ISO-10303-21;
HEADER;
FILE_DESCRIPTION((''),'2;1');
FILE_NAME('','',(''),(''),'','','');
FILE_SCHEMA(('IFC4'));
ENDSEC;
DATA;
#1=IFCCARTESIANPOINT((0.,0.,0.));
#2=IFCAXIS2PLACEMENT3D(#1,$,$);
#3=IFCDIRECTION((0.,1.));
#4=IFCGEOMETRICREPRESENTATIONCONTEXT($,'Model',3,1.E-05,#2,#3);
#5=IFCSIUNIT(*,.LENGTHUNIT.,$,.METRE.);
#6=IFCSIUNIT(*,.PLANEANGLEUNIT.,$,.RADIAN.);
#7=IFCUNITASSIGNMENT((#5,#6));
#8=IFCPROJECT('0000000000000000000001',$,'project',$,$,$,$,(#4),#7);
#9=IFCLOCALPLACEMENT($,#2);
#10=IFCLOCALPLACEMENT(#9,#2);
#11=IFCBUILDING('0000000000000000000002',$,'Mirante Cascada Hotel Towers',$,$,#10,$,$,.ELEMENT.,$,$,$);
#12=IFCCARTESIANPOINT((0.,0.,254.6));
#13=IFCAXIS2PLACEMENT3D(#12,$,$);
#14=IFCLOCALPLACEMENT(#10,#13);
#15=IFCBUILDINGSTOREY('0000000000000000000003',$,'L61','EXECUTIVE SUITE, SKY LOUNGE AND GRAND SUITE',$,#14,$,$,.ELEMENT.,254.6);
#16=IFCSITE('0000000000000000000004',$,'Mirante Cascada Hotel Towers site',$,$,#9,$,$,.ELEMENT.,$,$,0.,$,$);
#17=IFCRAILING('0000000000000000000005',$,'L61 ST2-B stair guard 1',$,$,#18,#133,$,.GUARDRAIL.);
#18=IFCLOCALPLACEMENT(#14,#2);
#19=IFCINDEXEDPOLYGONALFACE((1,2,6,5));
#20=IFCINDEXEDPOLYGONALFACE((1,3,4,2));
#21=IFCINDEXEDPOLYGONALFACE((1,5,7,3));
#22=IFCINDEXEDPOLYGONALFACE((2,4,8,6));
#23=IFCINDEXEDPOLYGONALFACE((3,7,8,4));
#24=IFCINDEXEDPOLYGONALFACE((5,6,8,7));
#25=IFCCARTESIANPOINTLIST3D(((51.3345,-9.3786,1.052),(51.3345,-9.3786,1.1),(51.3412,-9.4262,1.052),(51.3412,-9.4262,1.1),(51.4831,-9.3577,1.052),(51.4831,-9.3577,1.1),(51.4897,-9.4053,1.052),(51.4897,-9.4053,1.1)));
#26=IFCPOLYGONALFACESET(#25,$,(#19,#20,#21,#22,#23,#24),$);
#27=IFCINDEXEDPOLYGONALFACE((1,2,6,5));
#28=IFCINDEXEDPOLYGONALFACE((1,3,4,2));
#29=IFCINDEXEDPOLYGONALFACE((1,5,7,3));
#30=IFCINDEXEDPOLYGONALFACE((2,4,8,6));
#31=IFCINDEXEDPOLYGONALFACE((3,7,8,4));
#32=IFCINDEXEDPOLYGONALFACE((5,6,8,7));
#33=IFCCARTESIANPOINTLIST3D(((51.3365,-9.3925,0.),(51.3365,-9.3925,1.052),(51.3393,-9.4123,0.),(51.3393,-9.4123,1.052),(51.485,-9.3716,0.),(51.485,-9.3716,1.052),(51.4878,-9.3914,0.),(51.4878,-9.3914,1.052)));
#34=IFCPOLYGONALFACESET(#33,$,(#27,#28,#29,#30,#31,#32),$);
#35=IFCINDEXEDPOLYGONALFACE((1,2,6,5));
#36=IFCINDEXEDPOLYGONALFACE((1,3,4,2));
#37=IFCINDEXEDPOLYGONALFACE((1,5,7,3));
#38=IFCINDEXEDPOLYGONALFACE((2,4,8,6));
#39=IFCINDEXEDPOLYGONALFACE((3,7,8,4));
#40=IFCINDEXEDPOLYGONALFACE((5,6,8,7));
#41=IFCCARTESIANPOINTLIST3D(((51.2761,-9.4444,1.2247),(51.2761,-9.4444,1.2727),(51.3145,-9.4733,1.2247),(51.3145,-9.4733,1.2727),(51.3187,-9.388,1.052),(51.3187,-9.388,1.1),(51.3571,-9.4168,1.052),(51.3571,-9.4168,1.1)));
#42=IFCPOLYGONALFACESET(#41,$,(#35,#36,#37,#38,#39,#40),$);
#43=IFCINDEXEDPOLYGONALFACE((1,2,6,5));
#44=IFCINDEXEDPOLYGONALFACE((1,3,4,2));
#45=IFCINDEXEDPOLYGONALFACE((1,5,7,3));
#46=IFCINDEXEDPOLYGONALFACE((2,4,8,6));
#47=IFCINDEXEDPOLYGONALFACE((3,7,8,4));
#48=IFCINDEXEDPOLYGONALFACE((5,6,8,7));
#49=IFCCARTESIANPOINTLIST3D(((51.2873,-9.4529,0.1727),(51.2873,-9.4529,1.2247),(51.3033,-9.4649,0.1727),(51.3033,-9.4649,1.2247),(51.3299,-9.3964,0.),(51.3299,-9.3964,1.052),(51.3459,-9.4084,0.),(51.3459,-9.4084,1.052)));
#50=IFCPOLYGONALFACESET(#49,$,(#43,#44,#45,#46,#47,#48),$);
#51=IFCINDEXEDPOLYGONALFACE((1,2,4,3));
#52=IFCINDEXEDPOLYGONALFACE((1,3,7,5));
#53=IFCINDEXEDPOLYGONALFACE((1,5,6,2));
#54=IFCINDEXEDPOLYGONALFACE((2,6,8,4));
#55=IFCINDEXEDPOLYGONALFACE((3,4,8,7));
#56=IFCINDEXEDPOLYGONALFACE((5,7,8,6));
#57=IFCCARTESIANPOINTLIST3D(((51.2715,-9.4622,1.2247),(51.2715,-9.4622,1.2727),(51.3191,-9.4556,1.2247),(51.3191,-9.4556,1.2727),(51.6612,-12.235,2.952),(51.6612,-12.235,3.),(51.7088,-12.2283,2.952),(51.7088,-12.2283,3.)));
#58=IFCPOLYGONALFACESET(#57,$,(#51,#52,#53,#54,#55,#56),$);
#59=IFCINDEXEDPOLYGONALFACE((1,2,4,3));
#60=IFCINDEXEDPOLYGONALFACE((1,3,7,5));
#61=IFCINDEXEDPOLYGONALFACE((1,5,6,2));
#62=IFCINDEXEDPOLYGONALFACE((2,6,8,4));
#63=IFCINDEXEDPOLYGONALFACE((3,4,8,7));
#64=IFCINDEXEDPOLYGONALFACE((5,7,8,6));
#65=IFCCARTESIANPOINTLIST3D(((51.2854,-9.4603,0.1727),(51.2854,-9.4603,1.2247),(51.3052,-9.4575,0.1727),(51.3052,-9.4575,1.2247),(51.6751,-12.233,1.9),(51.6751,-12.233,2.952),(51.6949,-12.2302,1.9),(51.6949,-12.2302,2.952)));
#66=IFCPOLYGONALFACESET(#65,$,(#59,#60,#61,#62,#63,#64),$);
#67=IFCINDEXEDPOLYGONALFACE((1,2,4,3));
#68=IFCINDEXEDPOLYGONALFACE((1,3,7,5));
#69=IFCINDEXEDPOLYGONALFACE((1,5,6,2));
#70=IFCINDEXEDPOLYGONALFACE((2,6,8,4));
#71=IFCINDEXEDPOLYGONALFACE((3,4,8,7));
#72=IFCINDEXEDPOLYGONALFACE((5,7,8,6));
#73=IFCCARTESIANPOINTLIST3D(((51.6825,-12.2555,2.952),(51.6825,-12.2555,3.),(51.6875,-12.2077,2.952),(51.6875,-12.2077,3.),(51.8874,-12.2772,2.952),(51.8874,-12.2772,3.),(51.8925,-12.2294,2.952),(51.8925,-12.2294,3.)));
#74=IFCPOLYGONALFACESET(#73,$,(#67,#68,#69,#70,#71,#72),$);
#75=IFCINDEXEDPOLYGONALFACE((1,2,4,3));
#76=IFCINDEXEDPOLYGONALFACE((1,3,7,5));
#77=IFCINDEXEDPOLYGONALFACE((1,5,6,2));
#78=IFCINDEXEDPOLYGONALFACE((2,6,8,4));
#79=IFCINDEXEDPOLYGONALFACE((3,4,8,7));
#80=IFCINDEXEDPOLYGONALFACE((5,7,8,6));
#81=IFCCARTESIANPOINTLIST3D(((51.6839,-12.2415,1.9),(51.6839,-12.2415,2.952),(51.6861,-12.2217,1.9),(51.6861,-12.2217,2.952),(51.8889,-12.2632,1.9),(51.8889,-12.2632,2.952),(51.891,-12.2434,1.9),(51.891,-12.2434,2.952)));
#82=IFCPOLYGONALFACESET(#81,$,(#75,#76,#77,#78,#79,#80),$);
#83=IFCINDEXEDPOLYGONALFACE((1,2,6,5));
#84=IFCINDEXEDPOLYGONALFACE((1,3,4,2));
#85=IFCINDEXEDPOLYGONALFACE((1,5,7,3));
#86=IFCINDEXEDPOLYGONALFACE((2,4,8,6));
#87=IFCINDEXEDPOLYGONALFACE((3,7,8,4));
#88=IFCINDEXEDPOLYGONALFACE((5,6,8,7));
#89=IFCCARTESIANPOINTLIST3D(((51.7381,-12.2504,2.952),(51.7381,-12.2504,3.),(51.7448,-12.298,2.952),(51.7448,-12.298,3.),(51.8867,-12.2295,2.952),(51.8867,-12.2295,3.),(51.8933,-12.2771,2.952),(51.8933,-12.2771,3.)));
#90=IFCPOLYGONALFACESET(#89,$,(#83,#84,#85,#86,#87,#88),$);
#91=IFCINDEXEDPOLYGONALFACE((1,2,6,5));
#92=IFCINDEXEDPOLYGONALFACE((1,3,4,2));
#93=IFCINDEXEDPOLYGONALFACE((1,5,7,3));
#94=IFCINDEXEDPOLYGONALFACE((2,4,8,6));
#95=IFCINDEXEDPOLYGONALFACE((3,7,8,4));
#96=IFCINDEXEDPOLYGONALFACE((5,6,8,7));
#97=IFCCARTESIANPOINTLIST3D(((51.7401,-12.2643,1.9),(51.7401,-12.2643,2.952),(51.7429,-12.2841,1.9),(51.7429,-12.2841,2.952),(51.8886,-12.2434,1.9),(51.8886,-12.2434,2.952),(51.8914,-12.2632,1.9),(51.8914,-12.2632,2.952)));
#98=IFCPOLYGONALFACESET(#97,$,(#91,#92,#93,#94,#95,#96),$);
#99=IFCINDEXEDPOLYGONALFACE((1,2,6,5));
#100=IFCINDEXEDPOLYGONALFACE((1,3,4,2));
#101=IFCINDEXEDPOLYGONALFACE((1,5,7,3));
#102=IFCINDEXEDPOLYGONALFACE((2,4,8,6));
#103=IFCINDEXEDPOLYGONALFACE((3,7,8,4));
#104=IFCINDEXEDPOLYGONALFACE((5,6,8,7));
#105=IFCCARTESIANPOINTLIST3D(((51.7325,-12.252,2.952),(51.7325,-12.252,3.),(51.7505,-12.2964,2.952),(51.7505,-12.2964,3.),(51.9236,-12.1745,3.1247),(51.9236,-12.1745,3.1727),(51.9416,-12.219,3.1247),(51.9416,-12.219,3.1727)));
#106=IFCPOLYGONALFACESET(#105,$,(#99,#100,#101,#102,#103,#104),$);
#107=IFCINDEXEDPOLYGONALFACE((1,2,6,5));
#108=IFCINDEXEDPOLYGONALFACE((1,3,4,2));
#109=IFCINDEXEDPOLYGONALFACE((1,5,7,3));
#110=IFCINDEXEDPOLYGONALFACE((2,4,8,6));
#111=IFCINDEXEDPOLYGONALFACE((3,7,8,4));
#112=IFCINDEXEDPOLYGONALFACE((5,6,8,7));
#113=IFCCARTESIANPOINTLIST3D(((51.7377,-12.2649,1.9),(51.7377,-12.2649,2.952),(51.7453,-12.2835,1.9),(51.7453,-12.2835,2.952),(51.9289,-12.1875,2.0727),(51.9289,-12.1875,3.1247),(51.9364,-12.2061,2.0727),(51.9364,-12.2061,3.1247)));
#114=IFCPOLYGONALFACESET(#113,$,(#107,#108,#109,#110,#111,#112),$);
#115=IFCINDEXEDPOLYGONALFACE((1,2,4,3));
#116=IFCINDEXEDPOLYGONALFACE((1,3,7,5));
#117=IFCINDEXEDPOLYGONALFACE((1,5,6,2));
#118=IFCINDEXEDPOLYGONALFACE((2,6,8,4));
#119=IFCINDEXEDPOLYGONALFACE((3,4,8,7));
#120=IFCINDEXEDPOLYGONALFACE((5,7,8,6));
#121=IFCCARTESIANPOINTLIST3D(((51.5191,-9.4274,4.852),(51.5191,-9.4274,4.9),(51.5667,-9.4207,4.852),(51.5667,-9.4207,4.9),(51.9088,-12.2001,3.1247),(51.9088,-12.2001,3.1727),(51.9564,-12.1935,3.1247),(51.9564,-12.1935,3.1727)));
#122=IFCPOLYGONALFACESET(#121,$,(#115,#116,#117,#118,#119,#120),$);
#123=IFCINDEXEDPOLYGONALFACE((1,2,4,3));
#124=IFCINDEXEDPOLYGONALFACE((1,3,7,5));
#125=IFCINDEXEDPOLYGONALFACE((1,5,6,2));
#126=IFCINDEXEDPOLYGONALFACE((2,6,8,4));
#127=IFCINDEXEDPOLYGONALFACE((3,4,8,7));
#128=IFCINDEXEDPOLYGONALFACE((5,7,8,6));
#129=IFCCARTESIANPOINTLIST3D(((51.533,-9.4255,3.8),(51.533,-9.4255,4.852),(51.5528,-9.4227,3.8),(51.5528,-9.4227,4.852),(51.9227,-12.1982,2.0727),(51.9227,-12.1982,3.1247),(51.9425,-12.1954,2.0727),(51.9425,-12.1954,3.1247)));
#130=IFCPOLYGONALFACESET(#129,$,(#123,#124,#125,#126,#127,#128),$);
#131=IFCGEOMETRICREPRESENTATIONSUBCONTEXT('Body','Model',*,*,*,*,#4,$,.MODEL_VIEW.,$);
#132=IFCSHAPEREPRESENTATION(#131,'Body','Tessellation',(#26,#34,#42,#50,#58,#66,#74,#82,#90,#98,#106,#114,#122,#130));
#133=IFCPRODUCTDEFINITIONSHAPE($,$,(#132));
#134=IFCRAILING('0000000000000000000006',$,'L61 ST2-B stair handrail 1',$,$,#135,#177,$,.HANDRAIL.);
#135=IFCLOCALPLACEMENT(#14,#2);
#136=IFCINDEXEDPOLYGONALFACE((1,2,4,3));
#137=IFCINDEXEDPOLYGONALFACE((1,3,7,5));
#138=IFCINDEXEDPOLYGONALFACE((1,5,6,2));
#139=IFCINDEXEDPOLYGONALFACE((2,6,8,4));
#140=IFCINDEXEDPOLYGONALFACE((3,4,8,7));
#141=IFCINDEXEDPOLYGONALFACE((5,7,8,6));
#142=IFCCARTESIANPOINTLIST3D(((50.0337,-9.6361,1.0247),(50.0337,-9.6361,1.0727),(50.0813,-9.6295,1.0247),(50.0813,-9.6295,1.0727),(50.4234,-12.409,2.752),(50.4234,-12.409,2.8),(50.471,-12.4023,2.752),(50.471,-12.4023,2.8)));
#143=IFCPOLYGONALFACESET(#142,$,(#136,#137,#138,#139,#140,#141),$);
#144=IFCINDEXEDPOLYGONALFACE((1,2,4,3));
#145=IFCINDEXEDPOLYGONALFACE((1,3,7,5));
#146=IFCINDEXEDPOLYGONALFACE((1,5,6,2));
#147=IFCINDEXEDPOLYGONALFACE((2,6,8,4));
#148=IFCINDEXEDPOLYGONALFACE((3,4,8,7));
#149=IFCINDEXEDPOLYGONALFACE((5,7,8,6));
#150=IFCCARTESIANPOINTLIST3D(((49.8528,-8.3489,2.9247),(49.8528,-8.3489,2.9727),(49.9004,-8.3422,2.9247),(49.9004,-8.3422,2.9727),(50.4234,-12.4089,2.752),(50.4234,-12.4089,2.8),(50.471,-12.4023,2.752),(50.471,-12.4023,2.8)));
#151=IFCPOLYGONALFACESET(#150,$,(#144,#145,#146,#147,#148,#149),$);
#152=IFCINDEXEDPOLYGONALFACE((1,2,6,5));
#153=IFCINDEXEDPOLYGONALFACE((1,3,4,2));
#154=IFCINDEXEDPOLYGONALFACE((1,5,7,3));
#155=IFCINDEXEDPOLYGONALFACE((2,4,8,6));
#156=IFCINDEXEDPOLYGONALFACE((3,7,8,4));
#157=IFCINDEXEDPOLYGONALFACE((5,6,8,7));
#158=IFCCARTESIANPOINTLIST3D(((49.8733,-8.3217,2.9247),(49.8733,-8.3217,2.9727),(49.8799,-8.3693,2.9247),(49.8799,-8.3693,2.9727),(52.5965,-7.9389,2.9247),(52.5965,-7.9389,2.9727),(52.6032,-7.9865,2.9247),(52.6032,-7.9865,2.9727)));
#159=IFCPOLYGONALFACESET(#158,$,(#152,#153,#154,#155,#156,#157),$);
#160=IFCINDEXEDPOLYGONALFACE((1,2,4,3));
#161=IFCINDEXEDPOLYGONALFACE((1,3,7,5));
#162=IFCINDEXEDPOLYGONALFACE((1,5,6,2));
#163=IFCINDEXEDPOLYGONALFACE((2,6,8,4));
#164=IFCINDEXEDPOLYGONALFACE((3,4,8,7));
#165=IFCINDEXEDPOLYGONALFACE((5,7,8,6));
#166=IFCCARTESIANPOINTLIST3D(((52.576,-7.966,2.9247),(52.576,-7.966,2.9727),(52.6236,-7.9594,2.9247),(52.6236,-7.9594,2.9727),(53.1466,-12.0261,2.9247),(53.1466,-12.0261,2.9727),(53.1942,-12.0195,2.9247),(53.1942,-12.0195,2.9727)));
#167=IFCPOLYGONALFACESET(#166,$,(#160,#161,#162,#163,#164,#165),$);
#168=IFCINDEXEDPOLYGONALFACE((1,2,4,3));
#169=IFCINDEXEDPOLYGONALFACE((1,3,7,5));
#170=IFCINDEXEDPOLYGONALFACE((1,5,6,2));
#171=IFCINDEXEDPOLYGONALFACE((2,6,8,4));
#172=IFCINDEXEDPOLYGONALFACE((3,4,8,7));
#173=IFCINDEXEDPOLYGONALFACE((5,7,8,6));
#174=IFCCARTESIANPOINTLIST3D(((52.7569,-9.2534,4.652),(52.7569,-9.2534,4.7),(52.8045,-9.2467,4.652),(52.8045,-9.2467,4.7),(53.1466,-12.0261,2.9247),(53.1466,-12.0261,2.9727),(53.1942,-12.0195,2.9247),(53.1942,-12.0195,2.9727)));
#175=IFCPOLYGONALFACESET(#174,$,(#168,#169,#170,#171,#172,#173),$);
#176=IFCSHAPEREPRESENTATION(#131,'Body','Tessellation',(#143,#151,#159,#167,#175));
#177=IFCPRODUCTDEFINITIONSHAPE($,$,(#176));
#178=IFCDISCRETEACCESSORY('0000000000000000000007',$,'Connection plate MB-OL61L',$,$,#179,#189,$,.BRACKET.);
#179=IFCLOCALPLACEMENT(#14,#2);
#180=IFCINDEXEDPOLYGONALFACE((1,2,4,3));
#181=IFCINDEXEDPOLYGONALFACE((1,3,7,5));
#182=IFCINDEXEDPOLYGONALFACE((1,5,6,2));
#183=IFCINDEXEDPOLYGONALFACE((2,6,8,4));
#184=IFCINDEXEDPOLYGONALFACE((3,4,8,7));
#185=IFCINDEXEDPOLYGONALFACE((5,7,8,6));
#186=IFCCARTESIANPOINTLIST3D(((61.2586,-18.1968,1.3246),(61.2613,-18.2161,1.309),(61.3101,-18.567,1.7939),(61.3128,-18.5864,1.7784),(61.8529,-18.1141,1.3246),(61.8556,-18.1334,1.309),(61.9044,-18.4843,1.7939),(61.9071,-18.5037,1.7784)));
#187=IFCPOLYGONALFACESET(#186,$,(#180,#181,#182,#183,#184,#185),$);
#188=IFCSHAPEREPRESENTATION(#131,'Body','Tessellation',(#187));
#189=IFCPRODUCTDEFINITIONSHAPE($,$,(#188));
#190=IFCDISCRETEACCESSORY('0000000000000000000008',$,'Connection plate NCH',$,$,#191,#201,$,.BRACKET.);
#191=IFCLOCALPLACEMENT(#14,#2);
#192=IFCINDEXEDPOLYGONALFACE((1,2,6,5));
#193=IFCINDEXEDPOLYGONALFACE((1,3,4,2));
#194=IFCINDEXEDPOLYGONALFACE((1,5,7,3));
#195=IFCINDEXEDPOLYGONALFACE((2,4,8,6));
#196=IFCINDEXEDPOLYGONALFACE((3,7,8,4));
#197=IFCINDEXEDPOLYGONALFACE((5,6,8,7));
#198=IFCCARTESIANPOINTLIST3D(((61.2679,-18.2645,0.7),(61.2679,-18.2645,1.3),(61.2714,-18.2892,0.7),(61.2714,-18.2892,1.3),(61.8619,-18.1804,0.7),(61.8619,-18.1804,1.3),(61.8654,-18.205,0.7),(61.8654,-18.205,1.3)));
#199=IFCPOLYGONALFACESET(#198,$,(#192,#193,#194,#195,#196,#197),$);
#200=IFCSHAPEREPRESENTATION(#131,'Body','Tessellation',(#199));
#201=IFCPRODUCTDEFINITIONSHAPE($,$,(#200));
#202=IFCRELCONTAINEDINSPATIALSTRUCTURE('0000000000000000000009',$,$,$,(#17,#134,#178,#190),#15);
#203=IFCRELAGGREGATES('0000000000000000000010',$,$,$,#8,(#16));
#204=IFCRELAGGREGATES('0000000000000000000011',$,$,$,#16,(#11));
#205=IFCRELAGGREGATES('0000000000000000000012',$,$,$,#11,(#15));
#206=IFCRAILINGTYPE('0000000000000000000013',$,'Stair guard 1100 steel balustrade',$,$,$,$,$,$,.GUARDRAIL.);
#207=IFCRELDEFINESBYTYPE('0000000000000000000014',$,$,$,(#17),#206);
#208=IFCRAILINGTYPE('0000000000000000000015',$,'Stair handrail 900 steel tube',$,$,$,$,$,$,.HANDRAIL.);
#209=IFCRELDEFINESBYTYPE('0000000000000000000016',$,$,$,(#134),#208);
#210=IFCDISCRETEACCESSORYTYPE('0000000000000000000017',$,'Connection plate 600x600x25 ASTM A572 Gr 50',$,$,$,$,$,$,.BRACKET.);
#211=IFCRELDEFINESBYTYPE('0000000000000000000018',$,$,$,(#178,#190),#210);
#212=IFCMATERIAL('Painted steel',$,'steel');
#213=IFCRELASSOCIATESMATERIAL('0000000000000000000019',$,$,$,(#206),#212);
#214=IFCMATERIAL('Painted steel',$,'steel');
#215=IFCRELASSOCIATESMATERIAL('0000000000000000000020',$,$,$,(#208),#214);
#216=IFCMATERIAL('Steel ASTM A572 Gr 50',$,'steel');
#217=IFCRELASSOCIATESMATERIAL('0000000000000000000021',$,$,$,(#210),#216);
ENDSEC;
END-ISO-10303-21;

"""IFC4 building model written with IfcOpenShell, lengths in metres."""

from ifc_helpers import new_model, si_unit, direction, frame, origin, origin_2d, place, context, subcontext, project, spatial, rectangle, extrude, material, material_profile, profile_set, type_object, element, save


model = new_model("IFC4")

# Units and contexts
model_context = context("Model", 3, precision=1e-05, world=origin(), true_north=direction((0.0, 1.0)))
body_context = subcontext(model_context, "Body", "Model", "MODEL_VIEW")
ifc_project = project(units=[si_unit("LENGTHUNIT", "METRE"), si_unit("PLANEANGLEUNIT", "RADIAN")], contexts=[model_context])

# Site, building, storey
site_placement = place(None, origin())
site = spatial("IfcSite", under=ifc_project, at=site_placement, Name="Mirante Cascada Hotel Towers site", CompositionType="ELEMENT", RefElevation=0.0)
building_placement = place(site_placement, origin())
building = spatial("IfcBuilding", under=site, at=building_placement, Name="Mirante Cascada Hotel Towers", CompositionType="ELEMENT")
storey_placement = place(building_placement, frame((0.0, 0.0, 254.6)))
storey = spatial("IfcBuildingStorey", under=building, at=storey_placement, Name="L61", Description="EXECUTIVE SUITE, SKY LOUNGE AND GRAND SUITE", CompositionType="ELEMENT", Elevation=254.6)

# Railings
ifc_material_1 = material(Name="Painted steel", Category="steel")
railing_type_1 = type_object("IfcRailingType", Name="Stair guard 1100 steel balustrade", PredefinedType="GUARDRAIL", material=ifc_material_1)
railing_1_placement = place(storey_placement, frame((51.4864, -9.3815, 0.0)))
element("IfcRailing", 1, at=railing_1_placement, inside=storey, type_object=railing_type_1, Name="L61 ST2-B stair guard 1", PredefinedType="GUARDRAIL", context=body_context, shape_type="SweptSolid", body=[
    extrude(rectangle(XDim=0.048, YDim=0.048, at=origin_2d()), frame((0.0, 0.0, 1.076), z_axis=(-0.990241, -0.139367, 0.0), x_axis=(0.139367, -0.990241, 0.0)), (0.0, 0.0, 1.0), 0.15),
    extrude(rectangle(XDim=0.02, YDim=1.052, at=origin_2d()), frame((0.0, 0.0, 0.526), z_axis=(-0.990241, -0.139367, 0.0), x_axis=(0.139367, -0.990241, 0.0)), (0.0, 0.0, 1.0), 0.15),
    extrude(rectangle(XDim=0.048, YDim=0.048, at=origin_2d()), frame((-0.1485, -0.0209, 1.076), z_axis=(-0.602033, -0.798471, 0.0), x_axis=(0.798471, -0.602033, 0.0)), (0.0, 0.92534, 0.379139), 0.1866),
    extrude(rectangle(XDim=0.02, YDim=1.052, at=origin_2d()), frame((-0.1485, -0.0209, 0.526), z_axis=(-0.602033, -0.798471, 0.0), x_axis=(0.798471, -0.602033, 0.0)), (0.0, 0.92534, 0.379139), 0.1866),
    extrude(rectangle(XDim=0.048, YDim=0.048, at=origin_2d()), frame((-0.1911, -0.0774, 1.2487), z_axis=(0.139181, -0.990267, 0.0), x_axis=(0.990267, 0.139181, 0.0)), (0.0, 0.525035, 0.851081), 3.2899),
    extrude(rectangle(XDim=0.02, YDim=1.052, at=origin_2d()), frame((-0.1911, -0.0774, 0.6987), z_axis=(0.139181, -0.990267, 0.0), x_axis=(0.990267, 0.139181, 0.0)), (0.0, 0.525035, 0.851081), 3.2899),
    extrude(rectangle(XDim=0.048, YDim=0.048, at=origin_2d()), frame((0.1986, -2.8501, 2.976), z_axis=(0.994444, -0.105266, 0.0), x_axis=(0.105266, 0.994444, 0.0)), (0.0, 0.0, 1.0), 0.2061),
    extrude(rectangle(XDim=0.02, YDim=1.052, at=origin_2d()), frame((0.1986, -2.8501, 2.426), z_axis=(0.994444, -0.105266, 0.0), x_axis=(0.105266, 0.994444, 0.0)), (0.0, 0.0, 1.0), 0.2061),
    extrude(rectangle(XDim=0.048, YDim=0.048, at=origin_2d()), frame((0.4036, -2.8718, 2.976), z_axis=(-0.990241, -0.139367, 0.0), x_axis=(0.139367, -0.990241, 0.0)), (0.0, 0.0, 1.0), 0.15),
    extrude(rectangle(XDim=0.02, YDim=1.052, at=origin_2d()), frame((0.4036, -2.8718, 2.426), z_axis=(-0.990241, -0.139367, 0.0), x_axis=(0.139367, -0.990241, 0.0)), (0.0, 0.0, 1.0), 0.15),
    extrude(rectangle(XDim=0.048, YDim=0.048, at=origin_2d()), frame((0.2551, -2.8927, 2.976), z_axis=(0.926862, 0.375401, 0.0), x_axis=(-0.375401, 0.926862, 0.0)), (0.0, 0.642122, 0.766603), 0.269),
    extrude(rectangle(XDim=0.02, YDim=1.052, at=origin_2d()), frame((0.2551, -2.8927, 2.426), z_axis=(0.926862, 0.375401, 0.0), x_axis=(-0.375401, 0.926862, 0.0)), (0.0, 0.642122, 0.766603), 0.269),
    extrude(rectangle(XDim=0.048, YDim=0.048, at=origin_2d()), frame((0.4462, -2.8153, 3.1487), z_axis=(-0.139181, 0.990267, 0.0), x_axis=(-0.990267, -0.139181, 0.0)), (0.0, 0.525035, 0.851081), 3.2899),
    extrude(rectangle(XDim=0.02, YDim=1.052, at=origin_2d()), frame((0.4462, -2.8153, 2.5987), z_axis=(-0.139181, 0.990267, 0.0), x_axis=(-0.990267, -0.139181, 0.0)), (0.0, 0.525035, 0.851081), 3.2899),
])
ifc_material_2 = material(Name="Painted steel", Category="steel")
railing_type_2 = type_object("IfcRailingType", Name="Stair handrail 900 steel tube", PredefinedType="HANDRAIL", material=ifc_material_2)
railing_2_placement = place(storey_placement, frame((50.0575, -9.6328, 0.1727)))
element("IfcRailing", 2, at=railing_2_placement, inside=storey, type_object=railing_type_2, Name="L61 ST2-B stair handrail 1", PredefinedType="HANDRAIL", context=body_context, shape_type="SweptSolid", body=[
    extrude(rectangle(XDim=0.048, YDim=0.048, at=origin_2d()), frame((0.0, 0.0, 0.876), z_axis=(0.139176, -0.990268, 0.0), x_axis=(0.990268, 0.139176, 0.0)), (0.0, 0.525021, 0.851089), 3.29),
    extrude(rectangle(XDim=0.048, YDim=0.048, at=origin_2d()), frame((0.3897, -2.7728, 2.6033), z_axis=(-0.139171, 0.990268, 0.0), x_axis=(-0.990268, -0.139171, 0.0)), (0.0, 0.042085, 0.999114), 4.1036),
    extrude(rectangle(XDim=0.048, YDim=0.048, at=origin_2d()), frame((-0.1809, 1.2873, 2.776), z_axis=(0.990264, 0.139201, 0.0), x_axis=(-0.139201, 0.990264, 0.0)), (0.0, 0.0, 1.0), 2.75),
    extrude(rectangle(XDim=0.048, YDim=0.048, at=origin_2d()), frame((2.5423, 1.6701, 2.776), z_axis=(0.139171, -0.990268, 0.0), x_axis=(0.990268, 0.139171, 0.0)), (0.0, 0.0, 1.0), 4.1),
    extrude(rectangle(XDim=0.048, YDim=0.048, at=origin_2d()), frame((3.1129, -2.39, 2.776), z_axis=(-0.139181, 0.990267, 0.0), x_axis=(-0.990267, -0.139181, 0.0)), (0.0, 0.525035, 0.851081), 3.2899),
])

# Discrete accessories
ifc_material_3 = material(Name="Steel ASTM A572 Gr 50", Category="steel")
ifc_material_profile_1 = material_profile(ifc_material_3, rectangle(XDim=0.6, YDim=0.6, at=origin_2d()), Name="Connection plate 600x600x25 ASTM A572 Gr 50")
ifc_profile_set_1 = profile_set([ifc_material_profile_1], Name="Steel ASTM A572 Gr 50")
discrete_accessory_type = type_object("IfcDiscreteAccessoryType", Name="Connection plate 600x600x25 ASTM A572 Gr 50", PredefinedType="BRACKET", material=ifc_profile_set_1)
discrete_accessory_1_placement = place(storey_placement, frame((61.5842, -18.3599, 1.5437), z_axis=(-0.107827, 0.774755, 0.622999), x_axis=(-0.990454, -0.137847, 0.0)))
element("IfcDiscreteAccessory", 3, at=discrete_accessory_1_placement, inside=storey, type_object=discrete_accessory_type, Name="Connection plate MB-OL61L", PredefinedType="BRACKET", context=body_context, shape_type="SweptSolid", body=[
    extrude(rectangle(XDim=0.6, YDim=0.6, at=origin_2d()), origin(), (0.0, 0.0, 1.0), 0.025),
])
discrete_accessory_2_placement = place(storey_placement, frame((61.5684, -18.2471, 1.0), z_axis=(-0.140299, 0.990109, 0.0), x_axis=(-0.990109, -0.140299, 0.0)))
element("IfcDiscreteAccessory", 4, at=discrete_accessory_2_placement, inside=storey, type_object=discrete_accessory_type, Name="Connection plate NCH", PredefinedType="BRACKET", context=body_context, shape_type="SweptSolid", body=[
    extrude(rectangle(XDim=0.6, YDim=0.6, at=origin_2d()), origin(), (0.0, 0.0, 1.0), 0.0249),
])

save(model, "model.ifc")
